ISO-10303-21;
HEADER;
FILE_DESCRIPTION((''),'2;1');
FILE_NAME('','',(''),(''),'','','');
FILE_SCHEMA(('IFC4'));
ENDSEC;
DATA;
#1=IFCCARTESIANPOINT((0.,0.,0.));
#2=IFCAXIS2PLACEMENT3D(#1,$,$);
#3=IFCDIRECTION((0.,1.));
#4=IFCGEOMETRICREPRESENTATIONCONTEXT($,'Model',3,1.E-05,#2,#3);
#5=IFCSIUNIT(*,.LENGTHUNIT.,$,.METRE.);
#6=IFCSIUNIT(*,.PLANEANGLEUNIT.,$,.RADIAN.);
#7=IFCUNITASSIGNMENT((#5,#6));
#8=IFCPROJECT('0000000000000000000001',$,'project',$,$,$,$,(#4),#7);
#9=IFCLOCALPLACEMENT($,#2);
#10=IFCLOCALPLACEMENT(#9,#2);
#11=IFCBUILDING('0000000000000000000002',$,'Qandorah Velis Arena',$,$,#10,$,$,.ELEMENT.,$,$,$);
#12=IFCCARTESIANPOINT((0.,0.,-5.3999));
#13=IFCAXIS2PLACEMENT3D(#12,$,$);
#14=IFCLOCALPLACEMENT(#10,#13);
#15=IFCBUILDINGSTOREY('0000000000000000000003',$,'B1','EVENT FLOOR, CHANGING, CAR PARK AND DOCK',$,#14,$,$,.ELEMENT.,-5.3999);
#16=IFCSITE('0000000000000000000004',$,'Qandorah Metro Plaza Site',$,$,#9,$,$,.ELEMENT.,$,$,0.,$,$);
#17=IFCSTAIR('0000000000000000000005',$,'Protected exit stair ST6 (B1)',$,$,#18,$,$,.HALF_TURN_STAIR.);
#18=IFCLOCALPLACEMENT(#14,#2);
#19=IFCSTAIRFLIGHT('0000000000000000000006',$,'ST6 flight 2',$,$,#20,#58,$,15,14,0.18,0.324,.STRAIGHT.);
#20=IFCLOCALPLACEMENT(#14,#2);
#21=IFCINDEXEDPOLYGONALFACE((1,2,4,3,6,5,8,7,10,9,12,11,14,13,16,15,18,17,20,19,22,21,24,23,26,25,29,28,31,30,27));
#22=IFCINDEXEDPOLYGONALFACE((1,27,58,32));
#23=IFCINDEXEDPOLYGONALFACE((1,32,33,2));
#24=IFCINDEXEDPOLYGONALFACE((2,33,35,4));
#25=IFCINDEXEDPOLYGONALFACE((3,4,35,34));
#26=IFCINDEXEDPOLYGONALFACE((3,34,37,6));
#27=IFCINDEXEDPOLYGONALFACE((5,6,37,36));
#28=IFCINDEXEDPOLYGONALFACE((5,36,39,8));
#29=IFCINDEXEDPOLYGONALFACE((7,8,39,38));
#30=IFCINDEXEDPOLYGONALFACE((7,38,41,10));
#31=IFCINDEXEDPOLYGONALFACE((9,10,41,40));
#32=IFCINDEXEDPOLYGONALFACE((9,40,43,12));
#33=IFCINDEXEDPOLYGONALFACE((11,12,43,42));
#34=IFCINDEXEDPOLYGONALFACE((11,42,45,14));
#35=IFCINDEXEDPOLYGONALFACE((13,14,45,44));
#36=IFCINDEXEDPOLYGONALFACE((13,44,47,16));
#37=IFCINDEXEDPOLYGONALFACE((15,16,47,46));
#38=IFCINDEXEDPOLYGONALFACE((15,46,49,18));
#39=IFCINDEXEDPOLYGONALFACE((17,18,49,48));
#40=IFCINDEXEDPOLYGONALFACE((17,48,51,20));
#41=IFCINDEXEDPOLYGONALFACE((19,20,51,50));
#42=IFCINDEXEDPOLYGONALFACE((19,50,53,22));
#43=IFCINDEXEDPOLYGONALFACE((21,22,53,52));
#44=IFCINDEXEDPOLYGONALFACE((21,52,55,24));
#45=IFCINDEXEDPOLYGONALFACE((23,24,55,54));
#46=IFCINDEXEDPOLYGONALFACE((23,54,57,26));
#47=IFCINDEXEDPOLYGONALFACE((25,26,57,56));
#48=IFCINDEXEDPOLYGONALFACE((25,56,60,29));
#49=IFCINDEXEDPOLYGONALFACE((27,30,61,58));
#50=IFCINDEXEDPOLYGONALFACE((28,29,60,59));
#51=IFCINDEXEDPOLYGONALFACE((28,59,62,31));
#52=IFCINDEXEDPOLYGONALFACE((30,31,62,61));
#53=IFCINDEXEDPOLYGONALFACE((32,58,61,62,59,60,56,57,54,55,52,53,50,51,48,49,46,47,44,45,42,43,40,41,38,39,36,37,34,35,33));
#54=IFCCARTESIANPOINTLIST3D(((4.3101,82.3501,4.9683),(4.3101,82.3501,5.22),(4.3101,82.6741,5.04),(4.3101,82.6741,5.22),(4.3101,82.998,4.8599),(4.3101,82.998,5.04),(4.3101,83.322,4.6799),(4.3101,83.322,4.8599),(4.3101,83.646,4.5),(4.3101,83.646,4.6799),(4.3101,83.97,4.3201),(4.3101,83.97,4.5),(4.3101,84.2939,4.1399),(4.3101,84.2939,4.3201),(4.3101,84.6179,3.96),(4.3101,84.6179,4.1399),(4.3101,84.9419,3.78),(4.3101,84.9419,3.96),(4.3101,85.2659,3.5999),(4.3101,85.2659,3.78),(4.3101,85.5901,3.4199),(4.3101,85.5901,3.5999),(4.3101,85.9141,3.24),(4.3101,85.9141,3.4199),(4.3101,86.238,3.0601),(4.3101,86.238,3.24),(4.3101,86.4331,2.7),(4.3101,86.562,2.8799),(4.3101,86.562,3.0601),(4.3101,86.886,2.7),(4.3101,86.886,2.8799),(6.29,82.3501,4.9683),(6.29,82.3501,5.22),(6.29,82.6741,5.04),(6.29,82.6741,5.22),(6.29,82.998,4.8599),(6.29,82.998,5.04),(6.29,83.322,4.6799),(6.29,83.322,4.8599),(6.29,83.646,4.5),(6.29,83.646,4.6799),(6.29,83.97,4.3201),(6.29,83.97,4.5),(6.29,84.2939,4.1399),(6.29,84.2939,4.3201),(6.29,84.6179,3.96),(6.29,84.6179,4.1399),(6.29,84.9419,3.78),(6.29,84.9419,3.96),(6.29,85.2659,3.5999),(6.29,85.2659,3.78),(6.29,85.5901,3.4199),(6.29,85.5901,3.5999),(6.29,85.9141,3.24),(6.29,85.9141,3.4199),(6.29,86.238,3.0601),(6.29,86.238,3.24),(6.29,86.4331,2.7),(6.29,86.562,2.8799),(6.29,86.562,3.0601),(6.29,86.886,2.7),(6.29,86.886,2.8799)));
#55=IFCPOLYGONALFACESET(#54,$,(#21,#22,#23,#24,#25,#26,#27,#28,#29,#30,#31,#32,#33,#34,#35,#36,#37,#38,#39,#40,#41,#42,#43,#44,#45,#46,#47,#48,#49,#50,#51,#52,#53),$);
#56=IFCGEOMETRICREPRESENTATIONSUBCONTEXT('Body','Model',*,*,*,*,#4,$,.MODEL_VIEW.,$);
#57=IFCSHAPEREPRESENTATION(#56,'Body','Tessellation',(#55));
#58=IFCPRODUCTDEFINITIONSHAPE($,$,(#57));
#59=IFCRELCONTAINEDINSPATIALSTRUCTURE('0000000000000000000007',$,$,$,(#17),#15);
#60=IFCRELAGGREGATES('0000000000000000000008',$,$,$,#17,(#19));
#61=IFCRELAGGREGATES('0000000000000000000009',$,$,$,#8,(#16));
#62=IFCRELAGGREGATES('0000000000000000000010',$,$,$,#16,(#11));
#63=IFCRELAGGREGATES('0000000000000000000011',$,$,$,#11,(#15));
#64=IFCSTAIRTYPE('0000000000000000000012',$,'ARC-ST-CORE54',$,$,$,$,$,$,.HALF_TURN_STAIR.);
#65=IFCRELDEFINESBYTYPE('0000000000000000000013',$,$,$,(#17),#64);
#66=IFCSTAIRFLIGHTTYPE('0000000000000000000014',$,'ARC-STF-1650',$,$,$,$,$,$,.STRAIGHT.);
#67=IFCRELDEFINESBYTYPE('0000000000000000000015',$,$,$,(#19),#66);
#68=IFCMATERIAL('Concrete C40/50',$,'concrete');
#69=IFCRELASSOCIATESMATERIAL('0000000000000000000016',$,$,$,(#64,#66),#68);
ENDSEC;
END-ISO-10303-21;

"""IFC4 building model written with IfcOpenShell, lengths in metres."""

from ifc_helpers import new_model, si_unit, direction, frame, origin, place, context, subcontext, project, spatial, polyline, outline, extrude, material, type_object, element, aggregate, save


model = new_model("IFC4")

# Units and contexts
model_context = context("Model", 3, precision=1e-05, world=origin(), true_north=direction((0.0, 1.0)))
body_context = subcontext(model_context, "Body", "Model", "MODEL_VIEW")
ifc_project = project(units=[si_unit("LENGTHUNIT", "METRE"), si_unit("PLANEANGLEUNIT", "RADIAN")], contexts=[model_context])

# Site, building, storey
site_placement = place(None, origin())
site = spatial("IfcSite", under=ifc_project, at=site_placement, Name="Qandorah Metro Plaza Site", CompositionType="ELEMENT", RefElevation=0.0)
building_placement = place(site_placement, origin())
building = spatial("IfcBuilding", under=site, at=building_placement, Name="Qandorah Velis Arena", CompositionType="ELEMENT")
storey_placement = place(building_placement, frame((0.0, 0.0, -5.3999)))
storey = spatial("IfcBuildingStorey", under=building, at=storey_placement, Name="B1", Description="EVENT FLOOR, CHANGING, CAR PARK AND DOCK", CompositionType="ELEMENT", Elevation=-5.3999)

# Shared definitions
ifc_material_1 = material(Name="Concrete C40/50", Category="concrete")

# Stair, stair flight
stair_type = type_object("IfcStairType", Name="ARC-ST-CORE54", PredefinedType="HALF_TURN_STAIR", material=ifc_material_1)
stair_placement = place(storey_placement, origin())
stair = element("IfcStair", 1, at=stair_placement, inside=storey, type_object=stair_type, Name="Protected exit stair ST6 (B1)", PredefinedType="HALF_TURN_STAIR")
stair_flight_type = type_object("IfcStairFlightType", Name="ARC-STF-1650", PredefinedType="STRAIGHT", material=ifc_material_1)
stair_flight_1_placement = place(storey_placement, frame((5.3, 86.886, 2.7), z_axis=(0.0, 0.0, 1.0), x_axis=(0.0, -1.0, 0.0)))
stair_flight_1 = element("IfcStairFlight", 2, at=stair_flight_1_placement, type_object=stair_flight_type, Name="ST6 flight 2", NumberOfRisers=15, NumberOfTreads=14, PredefinedType="STRAIGHT", RiserHeight=0.18, TreadLength=0.324, context=body_context, shape_type="SweptSolid", body=[
    extrude(outline(polyline([(0.0, 0.0), (0.0, 0.1799), (0.324, 0.1799), (0.324, 0.3601), (0.6479, 0.3601), (0.6479, 0.54), (0.9719, 0.54), (0.9719, 0.72), (1.2959, 0.72), (1.2959, 0.8999), (1.6201, 0.8999), (1.6201, 1.0801), (1.9441, 1.0801), (1.9441, 1.26), (2.2681, 1.26), (2.2681, 1.4399), (2.592, 1.4399), (2.592, 1.6201), (2.916, 1.6201), (2.916, 1.8), (3.24, 1.8), (3.24, 1.98), (3.564, 1.98), (3.564, 2.1599), (3.8879, 2.1599), (3.8879, 2.3401), (4.2119, 2.3401), (4.2119, 2.52), (4.5359, 2.52), (4.5359, 2.7), (4.5359, 2.2683), (0.4529, 0.0), (0.0, 0.0)])), frame((0.0, 0.99, 0.0), z_axis=(0.0, -1.0, 0.0), x_axis=(1.0, 0.0, 0.0)), (0.0, 0.0, 1.0), 1.98),
])
aggregate(stair, [stair_flight_1])

save(model, "model.ifc")
